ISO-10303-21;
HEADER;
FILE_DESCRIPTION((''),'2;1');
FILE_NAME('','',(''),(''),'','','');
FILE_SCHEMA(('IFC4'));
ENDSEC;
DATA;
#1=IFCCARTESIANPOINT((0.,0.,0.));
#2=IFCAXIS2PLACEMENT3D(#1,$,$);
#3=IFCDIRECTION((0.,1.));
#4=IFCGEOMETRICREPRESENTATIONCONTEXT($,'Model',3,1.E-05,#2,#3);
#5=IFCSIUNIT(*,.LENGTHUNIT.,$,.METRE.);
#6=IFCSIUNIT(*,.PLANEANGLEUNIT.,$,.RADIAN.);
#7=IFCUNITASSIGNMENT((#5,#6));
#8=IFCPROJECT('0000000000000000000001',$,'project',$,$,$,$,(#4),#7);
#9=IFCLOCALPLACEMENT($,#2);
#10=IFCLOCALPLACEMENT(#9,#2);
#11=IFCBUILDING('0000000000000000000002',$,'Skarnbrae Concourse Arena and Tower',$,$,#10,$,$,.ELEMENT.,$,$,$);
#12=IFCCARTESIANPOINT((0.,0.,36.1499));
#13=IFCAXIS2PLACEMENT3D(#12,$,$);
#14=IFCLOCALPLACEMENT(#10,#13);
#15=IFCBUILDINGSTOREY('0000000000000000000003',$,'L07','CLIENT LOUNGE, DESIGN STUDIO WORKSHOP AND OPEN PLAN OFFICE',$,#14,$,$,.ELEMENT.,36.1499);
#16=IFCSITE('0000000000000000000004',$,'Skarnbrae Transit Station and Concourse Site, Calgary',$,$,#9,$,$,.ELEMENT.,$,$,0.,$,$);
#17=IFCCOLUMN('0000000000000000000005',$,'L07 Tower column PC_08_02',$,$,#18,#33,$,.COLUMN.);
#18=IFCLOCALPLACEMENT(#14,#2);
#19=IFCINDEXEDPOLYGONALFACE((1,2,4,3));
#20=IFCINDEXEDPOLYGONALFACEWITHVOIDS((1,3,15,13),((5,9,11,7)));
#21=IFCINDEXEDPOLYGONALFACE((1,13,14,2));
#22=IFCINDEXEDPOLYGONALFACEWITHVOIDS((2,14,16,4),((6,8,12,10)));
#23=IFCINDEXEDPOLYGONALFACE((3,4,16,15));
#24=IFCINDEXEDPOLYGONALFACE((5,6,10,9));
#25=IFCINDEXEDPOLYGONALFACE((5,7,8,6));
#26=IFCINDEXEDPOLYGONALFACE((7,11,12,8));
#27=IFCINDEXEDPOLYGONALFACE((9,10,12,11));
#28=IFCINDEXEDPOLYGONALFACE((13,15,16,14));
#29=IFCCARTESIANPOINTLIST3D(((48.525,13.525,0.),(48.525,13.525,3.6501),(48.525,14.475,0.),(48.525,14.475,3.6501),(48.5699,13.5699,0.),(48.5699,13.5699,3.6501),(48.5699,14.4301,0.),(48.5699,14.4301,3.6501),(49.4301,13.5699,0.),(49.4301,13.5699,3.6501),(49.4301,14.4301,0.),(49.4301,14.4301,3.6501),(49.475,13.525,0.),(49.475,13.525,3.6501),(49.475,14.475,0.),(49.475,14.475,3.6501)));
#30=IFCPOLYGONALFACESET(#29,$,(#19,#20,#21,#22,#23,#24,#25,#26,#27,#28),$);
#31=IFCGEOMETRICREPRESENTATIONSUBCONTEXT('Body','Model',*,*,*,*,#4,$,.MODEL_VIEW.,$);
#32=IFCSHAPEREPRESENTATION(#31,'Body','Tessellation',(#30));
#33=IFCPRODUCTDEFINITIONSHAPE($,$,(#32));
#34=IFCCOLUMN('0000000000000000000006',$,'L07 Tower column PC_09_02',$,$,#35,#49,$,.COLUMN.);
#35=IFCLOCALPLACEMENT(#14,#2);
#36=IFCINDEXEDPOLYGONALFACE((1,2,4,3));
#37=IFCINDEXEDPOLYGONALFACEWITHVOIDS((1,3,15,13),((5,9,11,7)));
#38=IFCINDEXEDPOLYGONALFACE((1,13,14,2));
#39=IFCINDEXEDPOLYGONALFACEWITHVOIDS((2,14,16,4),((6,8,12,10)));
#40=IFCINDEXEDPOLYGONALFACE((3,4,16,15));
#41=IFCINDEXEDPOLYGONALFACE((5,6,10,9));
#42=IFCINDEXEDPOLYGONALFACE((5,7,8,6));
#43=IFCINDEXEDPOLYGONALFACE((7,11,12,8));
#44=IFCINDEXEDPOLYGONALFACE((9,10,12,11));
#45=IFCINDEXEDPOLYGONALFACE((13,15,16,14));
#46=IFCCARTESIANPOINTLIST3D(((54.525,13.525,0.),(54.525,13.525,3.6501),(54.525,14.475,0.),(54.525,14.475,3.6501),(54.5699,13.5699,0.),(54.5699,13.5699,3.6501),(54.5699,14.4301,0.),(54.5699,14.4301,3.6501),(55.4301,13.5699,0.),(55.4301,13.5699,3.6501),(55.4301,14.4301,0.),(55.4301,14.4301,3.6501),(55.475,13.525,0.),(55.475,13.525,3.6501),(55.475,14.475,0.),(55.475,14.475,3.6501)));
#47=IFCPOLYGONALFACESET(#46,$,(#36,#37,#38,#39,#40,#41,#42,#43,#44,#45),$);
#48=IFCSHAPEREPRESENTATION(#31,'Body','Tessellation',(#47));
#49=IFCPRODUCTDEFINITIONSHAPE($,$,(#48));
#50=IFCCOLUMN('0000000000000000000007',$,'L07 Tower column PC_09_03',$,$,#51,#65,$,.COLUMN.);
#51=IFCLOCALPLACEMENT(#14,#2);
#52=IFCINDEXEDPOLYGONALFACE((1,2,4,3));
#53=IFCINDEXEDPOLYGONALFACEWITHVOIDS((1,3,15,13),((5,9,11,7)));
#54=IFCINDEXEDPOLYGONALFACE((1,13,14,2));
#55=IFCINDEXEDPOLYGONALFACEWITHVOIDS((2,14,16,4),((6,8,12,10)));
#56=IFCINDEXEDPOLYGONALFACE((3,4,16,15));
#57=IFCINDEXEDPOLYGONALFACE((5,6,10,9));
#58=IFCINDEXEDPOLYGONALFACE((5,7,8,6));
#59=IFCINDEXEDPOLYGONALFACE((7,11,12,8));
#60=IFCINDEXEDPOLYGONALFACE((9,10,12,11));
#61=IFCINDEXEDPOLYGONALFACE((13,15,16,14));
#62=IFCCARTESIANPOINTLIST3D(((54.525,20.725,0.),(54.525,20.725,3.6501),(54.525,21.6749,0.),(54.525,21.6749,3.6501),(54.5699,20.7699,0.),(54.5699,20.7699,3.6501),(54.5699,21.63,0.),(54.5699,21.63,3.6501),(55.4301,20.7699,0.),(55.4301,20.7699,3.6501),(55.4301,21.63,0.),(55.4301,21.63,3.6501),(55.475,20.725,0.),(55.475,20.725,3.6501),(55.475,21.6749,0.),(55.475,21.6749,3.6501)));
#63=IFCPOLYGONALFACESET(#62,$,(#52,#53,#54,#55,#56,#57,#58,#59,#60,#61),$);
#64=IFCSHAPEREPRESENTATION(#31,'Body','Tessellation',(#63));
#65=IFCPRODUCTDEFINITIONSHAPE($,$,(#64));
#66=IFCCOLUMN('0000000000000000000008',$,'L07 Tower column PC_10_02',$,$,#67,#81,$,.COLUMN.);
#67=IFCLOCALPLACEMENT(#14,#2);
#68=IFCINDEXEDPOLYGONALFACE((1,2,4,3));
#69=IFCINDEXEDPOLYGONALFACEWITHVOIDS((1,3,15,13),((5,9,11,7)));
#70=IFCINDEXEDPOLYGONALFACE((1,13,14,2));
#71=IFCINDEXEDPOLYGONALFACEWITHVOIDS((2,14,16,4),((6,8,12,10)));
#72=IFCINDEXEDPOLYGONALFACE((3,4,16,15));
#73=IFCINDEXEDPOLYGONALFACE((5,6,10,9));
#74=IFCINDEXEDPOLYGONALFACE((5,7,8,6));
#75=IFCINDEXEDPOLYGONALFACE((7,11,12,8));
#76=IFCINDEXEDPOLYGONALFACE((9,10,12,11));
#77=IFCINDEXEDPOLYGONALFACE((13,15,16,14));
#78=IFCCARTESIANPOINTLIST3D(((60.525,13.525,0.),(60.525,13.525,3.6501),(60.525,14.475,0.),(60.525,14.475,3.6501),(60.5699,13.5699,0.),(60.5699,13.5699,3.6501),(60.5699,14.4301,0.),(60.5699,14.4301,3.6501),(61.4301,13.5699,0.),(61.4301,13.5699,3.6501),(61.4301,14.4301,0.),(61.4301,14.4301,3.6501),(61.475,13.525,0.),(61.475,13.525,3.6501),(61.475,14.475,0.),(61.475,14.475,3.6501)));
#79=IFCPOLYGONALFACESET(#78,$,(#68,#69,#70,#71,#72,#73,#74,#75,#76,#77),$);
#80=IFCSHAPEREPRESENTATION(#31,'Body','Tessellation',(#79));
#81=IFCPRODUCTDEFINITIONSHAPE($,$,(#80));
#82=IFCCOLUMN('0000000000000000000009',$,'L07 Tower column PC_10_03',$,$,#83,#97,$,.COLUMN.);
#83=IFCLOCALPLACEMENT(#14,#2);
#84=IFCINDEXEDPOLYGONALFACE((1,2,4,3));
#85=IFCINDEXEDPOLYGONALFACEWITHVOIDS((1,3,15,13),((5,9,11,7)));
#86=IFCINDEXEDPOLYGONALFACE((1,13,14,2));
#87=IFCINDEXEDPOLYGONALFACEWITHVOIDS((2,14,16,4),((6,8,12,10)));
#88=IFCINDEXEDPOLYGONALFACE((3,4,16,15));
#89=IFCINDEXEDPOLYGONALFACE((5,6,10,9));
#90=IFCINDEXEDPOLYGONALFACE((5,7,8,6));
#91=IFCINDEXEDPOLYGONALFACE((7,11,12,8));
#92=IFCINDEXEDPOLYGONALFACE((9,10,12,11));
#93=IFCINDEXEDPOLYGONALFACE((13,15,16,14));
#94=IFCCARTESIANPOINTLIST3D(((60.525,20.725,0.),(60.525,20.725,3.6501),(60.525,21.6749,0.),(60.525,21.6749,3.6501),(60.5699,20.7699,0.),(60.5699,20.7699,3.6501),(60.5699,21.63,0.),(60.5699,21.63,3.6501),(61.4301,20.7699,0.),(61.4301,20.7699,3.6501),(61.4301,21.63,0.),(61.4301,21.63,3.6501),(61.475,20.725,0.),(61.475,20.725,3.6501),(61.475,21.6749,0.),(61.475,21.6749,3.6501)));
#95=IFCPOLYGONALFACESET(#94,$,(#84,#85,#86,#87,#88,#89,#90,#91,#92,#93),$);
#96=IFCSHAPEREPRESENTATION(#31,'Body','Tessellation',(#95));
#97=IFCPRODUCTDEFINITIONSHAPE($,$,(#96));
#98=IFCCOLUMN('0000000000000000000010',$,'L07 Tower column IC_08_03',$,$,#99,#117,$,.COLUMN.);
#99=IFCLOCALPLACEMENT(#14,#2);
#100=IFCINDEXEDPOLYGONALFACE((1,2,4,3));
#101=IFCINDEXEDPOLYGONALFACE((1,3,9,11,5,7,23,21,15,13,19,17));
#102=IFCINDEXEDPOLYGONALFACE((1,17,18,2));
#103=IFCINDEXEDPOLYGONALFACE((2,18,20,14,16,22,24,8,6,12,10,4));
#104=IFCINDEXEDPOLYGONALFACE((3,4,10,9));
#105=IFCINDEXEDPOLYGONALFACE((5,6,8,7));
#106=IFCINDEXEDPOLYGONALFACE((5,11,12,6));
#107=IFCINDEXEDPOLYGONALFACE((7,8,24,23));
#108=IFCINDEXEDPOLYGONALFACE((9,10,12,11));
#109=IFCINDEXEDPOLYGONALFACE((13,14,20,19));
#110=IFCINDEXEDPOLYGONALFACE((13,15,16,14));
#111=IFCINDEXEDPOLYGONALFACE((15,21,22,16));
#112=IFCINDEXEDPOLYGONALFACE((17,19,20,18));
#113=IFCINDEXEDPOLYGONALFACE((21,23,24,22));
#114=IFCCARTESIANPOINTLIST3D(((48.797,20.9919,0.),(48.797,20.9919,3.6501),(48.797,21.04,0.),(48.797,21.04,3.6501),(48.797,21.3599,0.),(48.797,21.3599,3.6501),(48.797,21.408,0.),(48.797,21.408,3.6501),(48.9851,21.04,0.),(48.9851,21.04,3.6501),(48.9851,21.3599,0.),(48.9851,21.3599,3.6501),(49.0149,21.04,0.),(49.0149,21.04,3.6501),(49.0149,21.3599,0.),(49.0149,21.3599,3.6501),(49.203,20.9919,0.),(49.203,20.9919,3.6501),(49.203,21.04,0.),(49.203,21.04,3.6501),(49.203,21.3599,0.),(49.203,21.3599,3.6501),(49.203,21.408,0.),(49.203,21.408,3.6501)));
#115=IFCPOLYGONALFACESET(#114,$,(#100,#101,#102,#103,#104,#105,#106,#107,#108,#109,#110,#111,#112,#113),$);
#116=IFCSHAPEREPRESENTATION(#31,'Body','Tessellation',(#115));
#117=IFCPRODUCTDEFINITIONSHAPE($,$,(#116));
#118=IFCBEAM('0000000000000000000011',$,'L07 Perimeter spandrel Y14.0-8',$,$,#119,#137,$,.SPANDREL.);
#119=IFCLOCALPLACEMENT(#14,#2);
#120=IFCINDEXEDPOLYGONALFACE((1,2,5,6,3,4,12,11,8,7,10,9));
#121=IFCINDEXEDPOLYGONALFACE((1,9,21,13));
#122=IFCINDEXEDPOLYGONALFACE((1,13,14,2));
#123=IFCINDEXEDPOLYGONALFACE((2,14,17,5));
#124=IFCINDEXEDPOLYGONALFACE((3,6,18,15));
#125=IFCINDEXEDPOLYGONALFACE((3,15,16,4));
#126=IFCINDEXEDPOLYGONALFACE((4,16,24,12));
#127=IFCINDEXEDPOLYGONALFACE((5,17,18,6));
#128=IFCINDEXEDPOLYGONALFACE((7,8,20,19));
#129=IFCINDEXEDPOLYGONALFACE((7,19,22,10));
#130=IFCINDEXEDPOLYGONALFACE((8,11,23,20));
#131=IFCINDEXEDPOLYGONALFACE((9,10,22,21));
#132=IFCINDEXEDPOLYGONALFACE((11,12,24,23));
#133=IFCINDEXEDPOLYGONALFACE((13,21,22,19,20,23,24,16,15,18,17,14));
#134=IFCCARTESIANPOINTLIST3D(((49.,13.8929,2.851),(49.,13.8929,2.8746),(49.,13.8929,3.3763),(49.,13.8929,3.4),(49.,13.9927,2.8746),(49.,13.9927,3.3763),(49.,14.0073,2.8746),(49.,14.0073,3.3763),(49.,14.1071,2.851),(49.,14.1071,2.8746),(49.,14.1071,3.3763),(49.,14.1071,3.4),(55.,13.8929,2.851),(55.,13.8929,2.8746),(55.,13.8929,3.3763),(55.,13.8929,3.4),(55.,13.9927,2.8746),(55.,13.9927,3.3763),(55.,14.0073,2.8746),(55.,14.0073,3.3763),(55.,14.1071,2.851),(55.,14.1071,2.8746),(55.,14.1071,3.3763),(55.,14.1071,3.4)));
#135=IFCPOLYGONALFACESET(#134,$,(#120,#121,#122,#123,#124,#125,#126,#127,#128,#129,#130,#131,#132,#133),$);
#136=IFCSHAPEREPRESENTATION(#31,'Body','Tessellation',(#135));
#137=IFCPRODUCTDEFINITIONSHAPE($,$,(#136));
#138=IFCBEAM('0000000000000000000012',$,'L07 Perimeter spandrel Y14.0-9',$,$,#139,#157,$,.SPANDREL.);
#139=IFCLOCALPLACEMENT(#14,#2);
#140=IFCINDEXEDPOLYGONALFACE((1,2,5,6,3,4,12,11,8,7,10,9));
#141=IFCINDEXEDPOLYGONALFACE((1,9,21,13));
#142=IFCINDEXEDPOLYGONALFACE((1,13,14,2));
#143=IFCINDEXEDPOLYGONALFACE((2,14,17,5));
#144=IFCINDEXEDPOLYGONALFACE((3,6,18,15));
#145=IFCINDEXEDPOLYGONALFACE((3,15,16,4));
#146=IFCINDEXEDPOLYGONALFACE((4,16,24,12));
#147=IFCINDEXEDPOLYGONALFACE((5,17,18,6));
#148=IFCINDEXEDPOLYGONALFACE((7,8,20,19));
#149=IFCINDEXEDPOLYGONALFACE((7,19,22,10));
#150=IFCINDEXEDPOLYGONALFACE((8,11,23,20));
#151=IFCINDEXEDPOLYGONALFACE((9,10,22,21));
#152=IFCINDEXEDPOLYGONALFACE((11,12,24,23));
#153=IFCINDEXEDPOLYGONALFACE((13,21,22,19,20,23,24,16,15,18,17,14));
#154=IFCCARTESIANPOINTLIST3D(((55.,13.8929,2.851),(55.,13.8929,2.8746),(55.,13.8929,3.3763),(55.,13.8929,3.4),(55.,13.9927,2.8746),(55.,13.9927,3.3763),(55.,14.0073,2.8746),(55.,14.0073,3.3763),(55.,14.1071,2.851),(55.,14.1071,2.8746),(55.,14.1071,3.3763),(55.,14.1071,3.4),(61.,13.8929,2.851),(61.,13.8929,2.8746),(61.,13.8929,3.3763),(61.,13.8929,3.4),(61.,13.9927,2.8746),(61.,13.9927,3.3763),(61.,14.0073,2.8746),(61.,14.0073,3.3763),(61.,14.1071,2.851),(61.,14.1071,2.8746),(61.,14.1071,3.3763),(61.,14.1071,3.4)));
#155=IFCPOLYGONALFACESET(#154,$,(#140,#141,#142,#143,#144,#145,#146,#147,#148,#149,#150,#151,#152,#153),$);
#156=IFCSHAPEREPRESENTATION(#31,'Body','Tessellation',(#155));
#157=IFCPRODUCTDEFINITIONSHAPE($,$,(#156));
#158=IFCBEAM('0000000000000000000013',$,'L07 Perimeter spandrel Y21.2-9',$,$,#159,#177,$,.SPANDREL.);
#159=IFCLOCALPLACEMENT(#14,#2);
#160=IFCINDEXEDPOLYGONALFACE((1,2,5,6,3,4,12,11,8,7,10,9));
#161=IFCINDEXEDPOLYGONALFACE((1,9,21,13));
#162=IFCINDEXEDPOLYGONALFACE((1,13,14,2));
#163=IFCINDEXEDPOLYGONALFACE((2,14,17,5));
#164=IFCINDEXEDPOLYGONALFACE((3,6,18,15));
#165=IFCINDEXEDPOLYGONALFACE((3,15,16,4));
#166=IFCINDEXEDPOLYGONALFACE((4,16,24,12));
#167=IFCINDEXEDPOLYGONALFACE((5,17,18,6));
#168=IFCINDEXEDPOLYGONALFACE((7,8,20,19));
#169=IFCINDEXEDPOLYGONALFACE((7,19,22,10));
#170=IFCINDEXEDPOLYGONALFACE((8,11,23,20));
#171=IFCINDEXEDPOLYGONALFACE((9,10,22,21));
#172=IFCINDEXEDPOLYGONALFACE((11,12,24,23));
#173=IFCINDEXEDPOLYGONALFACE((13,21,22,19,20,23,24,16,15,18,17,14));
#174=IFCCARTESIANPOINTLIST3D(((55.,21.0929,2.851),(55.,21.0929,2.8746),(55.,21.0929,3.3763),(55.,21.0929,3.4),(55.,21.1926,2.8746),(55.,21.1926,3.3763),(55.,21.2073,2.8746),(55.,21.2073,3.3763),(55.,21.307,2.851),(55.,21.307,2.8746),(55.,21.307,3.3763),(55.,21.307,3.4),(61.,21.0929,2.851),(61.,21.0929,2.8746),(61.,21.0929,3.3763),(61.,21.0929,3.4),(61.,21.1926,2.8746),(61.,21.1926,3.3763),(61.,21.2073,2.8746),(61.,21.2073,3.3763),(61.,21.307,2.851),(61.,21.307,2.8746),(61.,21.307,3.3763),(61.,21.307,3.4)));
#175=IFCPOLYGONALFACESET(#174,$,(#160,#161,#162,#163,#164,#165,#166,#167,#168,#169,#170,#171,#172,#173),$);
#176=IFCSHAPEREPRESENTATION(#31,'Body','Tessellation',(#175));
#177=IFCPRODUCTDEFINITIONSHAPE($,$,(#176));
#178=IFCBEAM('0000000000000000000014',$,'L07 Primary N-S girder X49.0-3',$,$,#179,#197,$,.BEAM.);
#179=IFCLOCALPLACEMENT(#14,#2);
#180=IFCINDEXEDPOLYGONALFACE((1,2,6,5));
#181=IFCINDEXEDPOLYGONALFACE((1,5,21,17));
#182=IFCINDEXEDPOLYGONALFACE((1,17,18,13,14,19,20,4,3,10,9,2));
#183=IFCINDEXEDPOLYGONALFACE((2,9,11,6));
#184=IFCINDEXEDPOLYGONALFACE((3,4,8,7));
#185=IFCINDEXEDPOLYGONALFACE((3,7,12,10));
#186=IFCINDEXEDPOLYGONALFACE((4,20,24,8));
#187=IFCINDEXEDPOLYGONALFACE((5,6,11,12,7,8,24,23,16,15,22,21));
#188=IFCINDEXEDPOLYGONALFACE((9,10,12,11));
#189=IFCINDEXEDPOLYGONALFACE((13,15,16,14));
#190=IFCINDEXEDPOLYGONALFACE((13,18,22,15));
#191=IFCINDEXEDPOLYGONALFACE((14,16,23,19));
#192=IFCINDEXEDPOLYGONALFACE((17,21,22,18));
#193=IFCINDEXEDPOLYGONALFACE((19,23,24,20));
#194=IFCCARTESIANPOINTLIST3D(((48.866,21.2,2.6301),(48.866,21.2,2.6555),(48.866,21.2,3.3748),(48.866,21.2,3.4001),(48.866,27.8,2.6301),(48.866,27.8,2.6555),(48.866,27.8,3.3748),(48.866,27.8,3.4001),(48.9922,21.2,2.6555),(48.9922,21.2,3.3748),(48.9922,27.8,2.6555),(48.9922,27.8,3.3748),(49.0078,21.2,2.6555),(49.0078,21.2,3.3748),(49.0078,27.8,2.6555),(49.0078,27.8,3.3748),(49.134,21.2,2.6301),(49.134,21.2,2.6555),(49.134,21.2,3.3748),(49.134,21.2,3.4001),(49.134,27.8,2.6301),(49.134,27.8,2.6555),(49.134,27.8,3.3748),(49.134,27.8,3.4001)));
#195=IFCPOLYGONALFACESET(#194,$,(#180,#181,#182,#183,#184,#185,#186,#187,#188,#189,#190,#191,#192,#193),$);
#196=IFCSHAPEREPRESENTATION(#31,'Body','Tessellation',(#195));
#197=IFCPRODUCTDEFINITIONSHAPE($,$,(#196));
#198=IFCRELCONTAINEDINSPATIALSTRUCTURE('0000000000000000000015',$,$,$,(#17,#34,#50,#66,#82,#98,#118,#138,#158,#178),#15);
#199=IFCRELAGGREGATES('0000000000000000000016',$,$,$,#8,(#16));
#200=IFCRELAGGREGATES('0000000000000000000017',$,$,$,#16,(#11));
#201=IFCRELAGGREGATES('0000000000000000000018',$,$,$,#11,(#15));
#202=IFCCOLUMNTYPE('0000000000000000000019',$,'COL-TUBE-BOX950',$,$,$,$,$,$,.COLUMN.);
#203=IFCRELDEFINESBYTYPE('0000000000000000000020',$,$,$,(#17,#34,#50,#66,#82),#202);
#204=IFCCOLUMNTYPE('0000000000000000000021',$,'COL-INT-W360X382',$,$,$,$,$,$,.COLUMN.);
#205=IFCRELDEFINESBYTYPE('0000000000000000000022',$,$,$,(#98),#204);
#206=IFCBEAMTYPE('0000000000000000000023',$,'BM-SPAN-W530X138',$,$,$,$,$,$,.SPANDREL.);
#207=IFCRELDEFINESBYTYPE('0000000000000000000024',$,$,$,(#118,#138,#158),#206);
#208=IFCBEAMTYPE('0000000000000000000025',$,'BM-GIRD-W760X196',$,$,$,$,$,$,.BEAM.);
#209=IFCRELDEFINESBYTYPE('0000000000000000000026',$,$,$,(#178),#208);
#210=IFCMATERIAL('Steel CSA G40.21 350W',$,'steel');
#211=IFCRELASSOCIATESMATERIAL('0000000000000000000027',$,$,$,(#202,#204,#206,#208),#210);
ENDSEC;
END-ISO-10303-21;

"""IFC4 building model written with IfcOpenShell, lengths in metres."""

from ifc_helpers import new_model, si_unit, direction, frame, origin, origin_2d, place, context, subcontext, project, spatial, hollow_rectangle, i_section, extrude, source, transform, mapped, material, material_profile, profile_set, type_object, element, save


model = new_model("IFC4")

# Units and contexts
model_context = context("Model", 3, precision=1e-05, world=origin(), true_north=direction((0.0, 1.0)))
body_context = subcontext(model_context, "Body", "Model", "MODEL_VIEW")
ifc_project = project(units=[si_unit("LENGTHUNIT", "METRE"), si_unit("PLANEANGLEUNIT", "RADIAN")], contexts=[model_context])

# Site, building, storey
site_placement = place(None, origin())
site = spatial("IfcSite", under=ifc_project, at=site_placement, Name="Skarnbrae Transit Station and Concourse Site, Calgary", CompositionType="ELEMENT", RefElevation=0.0)
building_placement = place(site_placement, origin())
building = spatial("IfcBuilding", under=site, at=building_placement, Name="Skarnbrae Concourse Arena and Tower", CompositionType="ELEMENT")
storey_placement = place(building_placement, frame((0.0, 0.0, 36.1499)))
storey = spatial("IfcBuildingStorey", under=building, at=storey_placement, Name="L07", Description="CLIENT LOUNGE, DESIGN STUDIO WORKSHOP AND OPEN PLAN OFFICE", CompositionType="ELEMENT", Elevation=36.1499)

# Columns
ifc_material_1 = material(Name="Steel CSA G40.21 350W", Category="steel")
ifc_material_profile_1 = material_profile(ifc_material_1, hollow_rectangle(XDim=0.95, YDim=0.95, WallThickness=0.0449, at=origin_2d()), Name="BOX950X950X45")
ifc_profile_set_1 = profile_set([ifc_material_profile_1], Name="Steel CSA G40.21 350W")
column_type_1 = type_object("IfcColumnType", Name="COL-TUBE-BOX950", PredefinedType="COLUMN", material=ifc_profile_set_1)
shared_shape_1 = source(origin(), body_context, "Body", "SweptSolid", [
    extrude(hollow_rectangle(XDim=0.95, YDim=0.95, WallThickness=0.0449, at=origin_2d()), origin(), (0.0, 0.0, 1.0), 3.6501),
])
for number, where, z_axis, x_axis, name in (
    (1, (49.0, 14.0, 0.0), (0.0, 0.0, 1.0), (1.0, 0.0, 0.0), "L07 Tower column PC_08_02"),
    (2, (55.0, 14.0, 0.0), (0.0, 0.0, 1.0), (1.0, 0.0, 0.0), "L07 Tower column PC_09_02"),
    (3, (55.0, 21.2, 0.0), (0.0, 0.0, 1.0), (1.0, 0.0, 0.0), "L07 Tower column PC_09_03"),
    (4, (61.0, 14.0, 0.0), (0.0, 0.0, 1.0), (1.0, 0.0, 0.0), "L07 Tower column PC_10_02"),
    (5, (61.0, 21.2, 0.0), (0.0, 0.0, 1.0), (1.0, 0.0, 0.0), "L07 Tower column PC_10_03"),
):
    element("IfcColumn", number, at=place(storey_placement, frame(where, z_axis=z_axis, x_axis=x_axis)), inside=storey, type_object=column_type_1, Name=name, PredefinedType="COLUMN", context=body_context, shape_type="MappedRepresentation", body=[
        mapped(shared_shape_1, transform((0.0, 0.0, 0.0))),
    ])
ifc_material_profile_2 = material_profile(ifc_material_1, i_section(OverallWidth=0.406, OverallDepth=0.416, WebThickness=0.0298, FlangeThickness=0.0481, at=origin_2d()), Name="W360X382")
ifc_profile_set_2 = profile_set([ifc_material_profile_2], Name="Steel CSA G40.21 350W")
column_type_2 = type_object("IfcColumnType", Name="COL-INT-W360X382", PredefinedType="COLUMN", material=ifc_profile_set_2)
shared_shape_2 = source(origin(), body_context, "Body", "SweptSolid", [
    extrude(i_section(OverallWidth=0.406, OverallDepth=0.416, WebThickness=0.0298, FlangeThickness=0.0481, at=origin_2d()), origin(), (0.0, 0.0, 1.0), 3.6501),
])
column_placement = place(storey_placement, frame((49.0, 21.2, 0.0), z_axis=(0.0, 0.0, 1.0), x_axis=(1.0, 0.0, 0.0)))
element("IfcColumn", 6, at=column_placement, inside=storey, type_object=column_type_2, Name="L07 Tower column IC_08_03", PredefinedType="COLUMN", context=body_context, shape_type="MappedRepresentation", body=[
    mapped(shared_shape_2, transform((0.0, 0.0, 0.0))),
])

# Beams
ifc_material_profile_3 = material_profile(ifc_material_1, i_section(OverallWidth=0.2141, OverallDepth=0.5491, WebThickness=0.0146, FlangeThickness=0.0237, at=origin_2d()), Name="W530X138")
ifc_profile_set_3 = profile_set([ifc_material_profile_3], Name="Steel CSA G40.21 350W")
beam_type_1 = type_object("IfcBeamType", Name="BM-SPAN-W530X138", PredefinedType="SPANDREL", material=ifc_profile_set_3)
shared_shape_3 = source(origin(), body_context, "Body", "SweptSolid", [
    extrude(i_section(OverallWidth=0.2141, OverallDepth=0.5491, WebThickness=0.0146, FlangeThickness=0.0237, at=origin_2d()), origin(), (0.0, 0.0, 1.0), 6.0),
])
for number, where, z_axis, x_axis, name in (
    (7, (49.0, 14.0, 3.1255), (1.0, 0.0, 0.0), (0.0, 1.0, 0.0), "L07 Perimeter spandrel Y14.0-8"),
    (8, (55.0, 14.0, 3.1255), (1.0, 0.0, 0.0), (0.0, 1.0, 0.0), "L07 Perimeter spandrel Y14.0-9"),
    (9, (55.0, 21.2, 3.1255), (1.0, 0.0, 0.0), (0.0, 1.0, 0.0), "L07 Perimeter spandrel Y21.2-9"),
):
    element("IfcBeam", number, at=place(storey_placement, frame(where, z_axis=z_axis, x_axis=x_axis)), inside=storey, type_object=beam_type_1, Name=name, PredefinedType="SPANDREL", context=body_context, shape_type="MappedRepresentation", body=[
        mapped(shared_shape_3, transform((0.0, 0.0, 0.0))),
    ])
ifc_material_profile_4 = material_profile(ifc_material_1, i_section(OverallWidth=0.2681, OverallDepth=0.77, WebThickness=0.0156, FlangeThickness=0.0254, at=origin_2d()), Name="W760X196")
ifc_profile_set_4 = profile_set([ifc_material_profile_4], Name="Steel CSA G40.21 350W")
beam_type_2 = type_object("IfcBeamType", Name="BM-GIRD-W760X196", PredefinedType="BEAM", material=ifc_profile_set_4)
shared_shape_4 = source(origin(), body_context, "Body", "SweptSolid", [
    extrude(i_section(OverallWidth=0.2681, OverallDepth=0.77, WebThickness=0.0156, FlangeThickness=0.0254, at=origin_2d()), origin(), (0.0, 0.0, 1.0), 6.6001),
])
beam_1_placement = place(storey_placement, frame((49.0, 21.2, 3.0151), z_axis=(0.0, 1.0, 0.0), x_axis=(-1.0, 0.0, 0.0)))
element("IfcBeam", 10, at=beam_1_placement, inside=storey, type_object=beam_type_2, Name="L07 Primary N-S girder X49.0-3", PredefinedType="BEAM", context=body_context, shape_type="MappedRepresentation", body=[
    mapped(shared_shape_4, transform((0.0, 0.0, 0.0))),
])

save(model, "model.ifc")
